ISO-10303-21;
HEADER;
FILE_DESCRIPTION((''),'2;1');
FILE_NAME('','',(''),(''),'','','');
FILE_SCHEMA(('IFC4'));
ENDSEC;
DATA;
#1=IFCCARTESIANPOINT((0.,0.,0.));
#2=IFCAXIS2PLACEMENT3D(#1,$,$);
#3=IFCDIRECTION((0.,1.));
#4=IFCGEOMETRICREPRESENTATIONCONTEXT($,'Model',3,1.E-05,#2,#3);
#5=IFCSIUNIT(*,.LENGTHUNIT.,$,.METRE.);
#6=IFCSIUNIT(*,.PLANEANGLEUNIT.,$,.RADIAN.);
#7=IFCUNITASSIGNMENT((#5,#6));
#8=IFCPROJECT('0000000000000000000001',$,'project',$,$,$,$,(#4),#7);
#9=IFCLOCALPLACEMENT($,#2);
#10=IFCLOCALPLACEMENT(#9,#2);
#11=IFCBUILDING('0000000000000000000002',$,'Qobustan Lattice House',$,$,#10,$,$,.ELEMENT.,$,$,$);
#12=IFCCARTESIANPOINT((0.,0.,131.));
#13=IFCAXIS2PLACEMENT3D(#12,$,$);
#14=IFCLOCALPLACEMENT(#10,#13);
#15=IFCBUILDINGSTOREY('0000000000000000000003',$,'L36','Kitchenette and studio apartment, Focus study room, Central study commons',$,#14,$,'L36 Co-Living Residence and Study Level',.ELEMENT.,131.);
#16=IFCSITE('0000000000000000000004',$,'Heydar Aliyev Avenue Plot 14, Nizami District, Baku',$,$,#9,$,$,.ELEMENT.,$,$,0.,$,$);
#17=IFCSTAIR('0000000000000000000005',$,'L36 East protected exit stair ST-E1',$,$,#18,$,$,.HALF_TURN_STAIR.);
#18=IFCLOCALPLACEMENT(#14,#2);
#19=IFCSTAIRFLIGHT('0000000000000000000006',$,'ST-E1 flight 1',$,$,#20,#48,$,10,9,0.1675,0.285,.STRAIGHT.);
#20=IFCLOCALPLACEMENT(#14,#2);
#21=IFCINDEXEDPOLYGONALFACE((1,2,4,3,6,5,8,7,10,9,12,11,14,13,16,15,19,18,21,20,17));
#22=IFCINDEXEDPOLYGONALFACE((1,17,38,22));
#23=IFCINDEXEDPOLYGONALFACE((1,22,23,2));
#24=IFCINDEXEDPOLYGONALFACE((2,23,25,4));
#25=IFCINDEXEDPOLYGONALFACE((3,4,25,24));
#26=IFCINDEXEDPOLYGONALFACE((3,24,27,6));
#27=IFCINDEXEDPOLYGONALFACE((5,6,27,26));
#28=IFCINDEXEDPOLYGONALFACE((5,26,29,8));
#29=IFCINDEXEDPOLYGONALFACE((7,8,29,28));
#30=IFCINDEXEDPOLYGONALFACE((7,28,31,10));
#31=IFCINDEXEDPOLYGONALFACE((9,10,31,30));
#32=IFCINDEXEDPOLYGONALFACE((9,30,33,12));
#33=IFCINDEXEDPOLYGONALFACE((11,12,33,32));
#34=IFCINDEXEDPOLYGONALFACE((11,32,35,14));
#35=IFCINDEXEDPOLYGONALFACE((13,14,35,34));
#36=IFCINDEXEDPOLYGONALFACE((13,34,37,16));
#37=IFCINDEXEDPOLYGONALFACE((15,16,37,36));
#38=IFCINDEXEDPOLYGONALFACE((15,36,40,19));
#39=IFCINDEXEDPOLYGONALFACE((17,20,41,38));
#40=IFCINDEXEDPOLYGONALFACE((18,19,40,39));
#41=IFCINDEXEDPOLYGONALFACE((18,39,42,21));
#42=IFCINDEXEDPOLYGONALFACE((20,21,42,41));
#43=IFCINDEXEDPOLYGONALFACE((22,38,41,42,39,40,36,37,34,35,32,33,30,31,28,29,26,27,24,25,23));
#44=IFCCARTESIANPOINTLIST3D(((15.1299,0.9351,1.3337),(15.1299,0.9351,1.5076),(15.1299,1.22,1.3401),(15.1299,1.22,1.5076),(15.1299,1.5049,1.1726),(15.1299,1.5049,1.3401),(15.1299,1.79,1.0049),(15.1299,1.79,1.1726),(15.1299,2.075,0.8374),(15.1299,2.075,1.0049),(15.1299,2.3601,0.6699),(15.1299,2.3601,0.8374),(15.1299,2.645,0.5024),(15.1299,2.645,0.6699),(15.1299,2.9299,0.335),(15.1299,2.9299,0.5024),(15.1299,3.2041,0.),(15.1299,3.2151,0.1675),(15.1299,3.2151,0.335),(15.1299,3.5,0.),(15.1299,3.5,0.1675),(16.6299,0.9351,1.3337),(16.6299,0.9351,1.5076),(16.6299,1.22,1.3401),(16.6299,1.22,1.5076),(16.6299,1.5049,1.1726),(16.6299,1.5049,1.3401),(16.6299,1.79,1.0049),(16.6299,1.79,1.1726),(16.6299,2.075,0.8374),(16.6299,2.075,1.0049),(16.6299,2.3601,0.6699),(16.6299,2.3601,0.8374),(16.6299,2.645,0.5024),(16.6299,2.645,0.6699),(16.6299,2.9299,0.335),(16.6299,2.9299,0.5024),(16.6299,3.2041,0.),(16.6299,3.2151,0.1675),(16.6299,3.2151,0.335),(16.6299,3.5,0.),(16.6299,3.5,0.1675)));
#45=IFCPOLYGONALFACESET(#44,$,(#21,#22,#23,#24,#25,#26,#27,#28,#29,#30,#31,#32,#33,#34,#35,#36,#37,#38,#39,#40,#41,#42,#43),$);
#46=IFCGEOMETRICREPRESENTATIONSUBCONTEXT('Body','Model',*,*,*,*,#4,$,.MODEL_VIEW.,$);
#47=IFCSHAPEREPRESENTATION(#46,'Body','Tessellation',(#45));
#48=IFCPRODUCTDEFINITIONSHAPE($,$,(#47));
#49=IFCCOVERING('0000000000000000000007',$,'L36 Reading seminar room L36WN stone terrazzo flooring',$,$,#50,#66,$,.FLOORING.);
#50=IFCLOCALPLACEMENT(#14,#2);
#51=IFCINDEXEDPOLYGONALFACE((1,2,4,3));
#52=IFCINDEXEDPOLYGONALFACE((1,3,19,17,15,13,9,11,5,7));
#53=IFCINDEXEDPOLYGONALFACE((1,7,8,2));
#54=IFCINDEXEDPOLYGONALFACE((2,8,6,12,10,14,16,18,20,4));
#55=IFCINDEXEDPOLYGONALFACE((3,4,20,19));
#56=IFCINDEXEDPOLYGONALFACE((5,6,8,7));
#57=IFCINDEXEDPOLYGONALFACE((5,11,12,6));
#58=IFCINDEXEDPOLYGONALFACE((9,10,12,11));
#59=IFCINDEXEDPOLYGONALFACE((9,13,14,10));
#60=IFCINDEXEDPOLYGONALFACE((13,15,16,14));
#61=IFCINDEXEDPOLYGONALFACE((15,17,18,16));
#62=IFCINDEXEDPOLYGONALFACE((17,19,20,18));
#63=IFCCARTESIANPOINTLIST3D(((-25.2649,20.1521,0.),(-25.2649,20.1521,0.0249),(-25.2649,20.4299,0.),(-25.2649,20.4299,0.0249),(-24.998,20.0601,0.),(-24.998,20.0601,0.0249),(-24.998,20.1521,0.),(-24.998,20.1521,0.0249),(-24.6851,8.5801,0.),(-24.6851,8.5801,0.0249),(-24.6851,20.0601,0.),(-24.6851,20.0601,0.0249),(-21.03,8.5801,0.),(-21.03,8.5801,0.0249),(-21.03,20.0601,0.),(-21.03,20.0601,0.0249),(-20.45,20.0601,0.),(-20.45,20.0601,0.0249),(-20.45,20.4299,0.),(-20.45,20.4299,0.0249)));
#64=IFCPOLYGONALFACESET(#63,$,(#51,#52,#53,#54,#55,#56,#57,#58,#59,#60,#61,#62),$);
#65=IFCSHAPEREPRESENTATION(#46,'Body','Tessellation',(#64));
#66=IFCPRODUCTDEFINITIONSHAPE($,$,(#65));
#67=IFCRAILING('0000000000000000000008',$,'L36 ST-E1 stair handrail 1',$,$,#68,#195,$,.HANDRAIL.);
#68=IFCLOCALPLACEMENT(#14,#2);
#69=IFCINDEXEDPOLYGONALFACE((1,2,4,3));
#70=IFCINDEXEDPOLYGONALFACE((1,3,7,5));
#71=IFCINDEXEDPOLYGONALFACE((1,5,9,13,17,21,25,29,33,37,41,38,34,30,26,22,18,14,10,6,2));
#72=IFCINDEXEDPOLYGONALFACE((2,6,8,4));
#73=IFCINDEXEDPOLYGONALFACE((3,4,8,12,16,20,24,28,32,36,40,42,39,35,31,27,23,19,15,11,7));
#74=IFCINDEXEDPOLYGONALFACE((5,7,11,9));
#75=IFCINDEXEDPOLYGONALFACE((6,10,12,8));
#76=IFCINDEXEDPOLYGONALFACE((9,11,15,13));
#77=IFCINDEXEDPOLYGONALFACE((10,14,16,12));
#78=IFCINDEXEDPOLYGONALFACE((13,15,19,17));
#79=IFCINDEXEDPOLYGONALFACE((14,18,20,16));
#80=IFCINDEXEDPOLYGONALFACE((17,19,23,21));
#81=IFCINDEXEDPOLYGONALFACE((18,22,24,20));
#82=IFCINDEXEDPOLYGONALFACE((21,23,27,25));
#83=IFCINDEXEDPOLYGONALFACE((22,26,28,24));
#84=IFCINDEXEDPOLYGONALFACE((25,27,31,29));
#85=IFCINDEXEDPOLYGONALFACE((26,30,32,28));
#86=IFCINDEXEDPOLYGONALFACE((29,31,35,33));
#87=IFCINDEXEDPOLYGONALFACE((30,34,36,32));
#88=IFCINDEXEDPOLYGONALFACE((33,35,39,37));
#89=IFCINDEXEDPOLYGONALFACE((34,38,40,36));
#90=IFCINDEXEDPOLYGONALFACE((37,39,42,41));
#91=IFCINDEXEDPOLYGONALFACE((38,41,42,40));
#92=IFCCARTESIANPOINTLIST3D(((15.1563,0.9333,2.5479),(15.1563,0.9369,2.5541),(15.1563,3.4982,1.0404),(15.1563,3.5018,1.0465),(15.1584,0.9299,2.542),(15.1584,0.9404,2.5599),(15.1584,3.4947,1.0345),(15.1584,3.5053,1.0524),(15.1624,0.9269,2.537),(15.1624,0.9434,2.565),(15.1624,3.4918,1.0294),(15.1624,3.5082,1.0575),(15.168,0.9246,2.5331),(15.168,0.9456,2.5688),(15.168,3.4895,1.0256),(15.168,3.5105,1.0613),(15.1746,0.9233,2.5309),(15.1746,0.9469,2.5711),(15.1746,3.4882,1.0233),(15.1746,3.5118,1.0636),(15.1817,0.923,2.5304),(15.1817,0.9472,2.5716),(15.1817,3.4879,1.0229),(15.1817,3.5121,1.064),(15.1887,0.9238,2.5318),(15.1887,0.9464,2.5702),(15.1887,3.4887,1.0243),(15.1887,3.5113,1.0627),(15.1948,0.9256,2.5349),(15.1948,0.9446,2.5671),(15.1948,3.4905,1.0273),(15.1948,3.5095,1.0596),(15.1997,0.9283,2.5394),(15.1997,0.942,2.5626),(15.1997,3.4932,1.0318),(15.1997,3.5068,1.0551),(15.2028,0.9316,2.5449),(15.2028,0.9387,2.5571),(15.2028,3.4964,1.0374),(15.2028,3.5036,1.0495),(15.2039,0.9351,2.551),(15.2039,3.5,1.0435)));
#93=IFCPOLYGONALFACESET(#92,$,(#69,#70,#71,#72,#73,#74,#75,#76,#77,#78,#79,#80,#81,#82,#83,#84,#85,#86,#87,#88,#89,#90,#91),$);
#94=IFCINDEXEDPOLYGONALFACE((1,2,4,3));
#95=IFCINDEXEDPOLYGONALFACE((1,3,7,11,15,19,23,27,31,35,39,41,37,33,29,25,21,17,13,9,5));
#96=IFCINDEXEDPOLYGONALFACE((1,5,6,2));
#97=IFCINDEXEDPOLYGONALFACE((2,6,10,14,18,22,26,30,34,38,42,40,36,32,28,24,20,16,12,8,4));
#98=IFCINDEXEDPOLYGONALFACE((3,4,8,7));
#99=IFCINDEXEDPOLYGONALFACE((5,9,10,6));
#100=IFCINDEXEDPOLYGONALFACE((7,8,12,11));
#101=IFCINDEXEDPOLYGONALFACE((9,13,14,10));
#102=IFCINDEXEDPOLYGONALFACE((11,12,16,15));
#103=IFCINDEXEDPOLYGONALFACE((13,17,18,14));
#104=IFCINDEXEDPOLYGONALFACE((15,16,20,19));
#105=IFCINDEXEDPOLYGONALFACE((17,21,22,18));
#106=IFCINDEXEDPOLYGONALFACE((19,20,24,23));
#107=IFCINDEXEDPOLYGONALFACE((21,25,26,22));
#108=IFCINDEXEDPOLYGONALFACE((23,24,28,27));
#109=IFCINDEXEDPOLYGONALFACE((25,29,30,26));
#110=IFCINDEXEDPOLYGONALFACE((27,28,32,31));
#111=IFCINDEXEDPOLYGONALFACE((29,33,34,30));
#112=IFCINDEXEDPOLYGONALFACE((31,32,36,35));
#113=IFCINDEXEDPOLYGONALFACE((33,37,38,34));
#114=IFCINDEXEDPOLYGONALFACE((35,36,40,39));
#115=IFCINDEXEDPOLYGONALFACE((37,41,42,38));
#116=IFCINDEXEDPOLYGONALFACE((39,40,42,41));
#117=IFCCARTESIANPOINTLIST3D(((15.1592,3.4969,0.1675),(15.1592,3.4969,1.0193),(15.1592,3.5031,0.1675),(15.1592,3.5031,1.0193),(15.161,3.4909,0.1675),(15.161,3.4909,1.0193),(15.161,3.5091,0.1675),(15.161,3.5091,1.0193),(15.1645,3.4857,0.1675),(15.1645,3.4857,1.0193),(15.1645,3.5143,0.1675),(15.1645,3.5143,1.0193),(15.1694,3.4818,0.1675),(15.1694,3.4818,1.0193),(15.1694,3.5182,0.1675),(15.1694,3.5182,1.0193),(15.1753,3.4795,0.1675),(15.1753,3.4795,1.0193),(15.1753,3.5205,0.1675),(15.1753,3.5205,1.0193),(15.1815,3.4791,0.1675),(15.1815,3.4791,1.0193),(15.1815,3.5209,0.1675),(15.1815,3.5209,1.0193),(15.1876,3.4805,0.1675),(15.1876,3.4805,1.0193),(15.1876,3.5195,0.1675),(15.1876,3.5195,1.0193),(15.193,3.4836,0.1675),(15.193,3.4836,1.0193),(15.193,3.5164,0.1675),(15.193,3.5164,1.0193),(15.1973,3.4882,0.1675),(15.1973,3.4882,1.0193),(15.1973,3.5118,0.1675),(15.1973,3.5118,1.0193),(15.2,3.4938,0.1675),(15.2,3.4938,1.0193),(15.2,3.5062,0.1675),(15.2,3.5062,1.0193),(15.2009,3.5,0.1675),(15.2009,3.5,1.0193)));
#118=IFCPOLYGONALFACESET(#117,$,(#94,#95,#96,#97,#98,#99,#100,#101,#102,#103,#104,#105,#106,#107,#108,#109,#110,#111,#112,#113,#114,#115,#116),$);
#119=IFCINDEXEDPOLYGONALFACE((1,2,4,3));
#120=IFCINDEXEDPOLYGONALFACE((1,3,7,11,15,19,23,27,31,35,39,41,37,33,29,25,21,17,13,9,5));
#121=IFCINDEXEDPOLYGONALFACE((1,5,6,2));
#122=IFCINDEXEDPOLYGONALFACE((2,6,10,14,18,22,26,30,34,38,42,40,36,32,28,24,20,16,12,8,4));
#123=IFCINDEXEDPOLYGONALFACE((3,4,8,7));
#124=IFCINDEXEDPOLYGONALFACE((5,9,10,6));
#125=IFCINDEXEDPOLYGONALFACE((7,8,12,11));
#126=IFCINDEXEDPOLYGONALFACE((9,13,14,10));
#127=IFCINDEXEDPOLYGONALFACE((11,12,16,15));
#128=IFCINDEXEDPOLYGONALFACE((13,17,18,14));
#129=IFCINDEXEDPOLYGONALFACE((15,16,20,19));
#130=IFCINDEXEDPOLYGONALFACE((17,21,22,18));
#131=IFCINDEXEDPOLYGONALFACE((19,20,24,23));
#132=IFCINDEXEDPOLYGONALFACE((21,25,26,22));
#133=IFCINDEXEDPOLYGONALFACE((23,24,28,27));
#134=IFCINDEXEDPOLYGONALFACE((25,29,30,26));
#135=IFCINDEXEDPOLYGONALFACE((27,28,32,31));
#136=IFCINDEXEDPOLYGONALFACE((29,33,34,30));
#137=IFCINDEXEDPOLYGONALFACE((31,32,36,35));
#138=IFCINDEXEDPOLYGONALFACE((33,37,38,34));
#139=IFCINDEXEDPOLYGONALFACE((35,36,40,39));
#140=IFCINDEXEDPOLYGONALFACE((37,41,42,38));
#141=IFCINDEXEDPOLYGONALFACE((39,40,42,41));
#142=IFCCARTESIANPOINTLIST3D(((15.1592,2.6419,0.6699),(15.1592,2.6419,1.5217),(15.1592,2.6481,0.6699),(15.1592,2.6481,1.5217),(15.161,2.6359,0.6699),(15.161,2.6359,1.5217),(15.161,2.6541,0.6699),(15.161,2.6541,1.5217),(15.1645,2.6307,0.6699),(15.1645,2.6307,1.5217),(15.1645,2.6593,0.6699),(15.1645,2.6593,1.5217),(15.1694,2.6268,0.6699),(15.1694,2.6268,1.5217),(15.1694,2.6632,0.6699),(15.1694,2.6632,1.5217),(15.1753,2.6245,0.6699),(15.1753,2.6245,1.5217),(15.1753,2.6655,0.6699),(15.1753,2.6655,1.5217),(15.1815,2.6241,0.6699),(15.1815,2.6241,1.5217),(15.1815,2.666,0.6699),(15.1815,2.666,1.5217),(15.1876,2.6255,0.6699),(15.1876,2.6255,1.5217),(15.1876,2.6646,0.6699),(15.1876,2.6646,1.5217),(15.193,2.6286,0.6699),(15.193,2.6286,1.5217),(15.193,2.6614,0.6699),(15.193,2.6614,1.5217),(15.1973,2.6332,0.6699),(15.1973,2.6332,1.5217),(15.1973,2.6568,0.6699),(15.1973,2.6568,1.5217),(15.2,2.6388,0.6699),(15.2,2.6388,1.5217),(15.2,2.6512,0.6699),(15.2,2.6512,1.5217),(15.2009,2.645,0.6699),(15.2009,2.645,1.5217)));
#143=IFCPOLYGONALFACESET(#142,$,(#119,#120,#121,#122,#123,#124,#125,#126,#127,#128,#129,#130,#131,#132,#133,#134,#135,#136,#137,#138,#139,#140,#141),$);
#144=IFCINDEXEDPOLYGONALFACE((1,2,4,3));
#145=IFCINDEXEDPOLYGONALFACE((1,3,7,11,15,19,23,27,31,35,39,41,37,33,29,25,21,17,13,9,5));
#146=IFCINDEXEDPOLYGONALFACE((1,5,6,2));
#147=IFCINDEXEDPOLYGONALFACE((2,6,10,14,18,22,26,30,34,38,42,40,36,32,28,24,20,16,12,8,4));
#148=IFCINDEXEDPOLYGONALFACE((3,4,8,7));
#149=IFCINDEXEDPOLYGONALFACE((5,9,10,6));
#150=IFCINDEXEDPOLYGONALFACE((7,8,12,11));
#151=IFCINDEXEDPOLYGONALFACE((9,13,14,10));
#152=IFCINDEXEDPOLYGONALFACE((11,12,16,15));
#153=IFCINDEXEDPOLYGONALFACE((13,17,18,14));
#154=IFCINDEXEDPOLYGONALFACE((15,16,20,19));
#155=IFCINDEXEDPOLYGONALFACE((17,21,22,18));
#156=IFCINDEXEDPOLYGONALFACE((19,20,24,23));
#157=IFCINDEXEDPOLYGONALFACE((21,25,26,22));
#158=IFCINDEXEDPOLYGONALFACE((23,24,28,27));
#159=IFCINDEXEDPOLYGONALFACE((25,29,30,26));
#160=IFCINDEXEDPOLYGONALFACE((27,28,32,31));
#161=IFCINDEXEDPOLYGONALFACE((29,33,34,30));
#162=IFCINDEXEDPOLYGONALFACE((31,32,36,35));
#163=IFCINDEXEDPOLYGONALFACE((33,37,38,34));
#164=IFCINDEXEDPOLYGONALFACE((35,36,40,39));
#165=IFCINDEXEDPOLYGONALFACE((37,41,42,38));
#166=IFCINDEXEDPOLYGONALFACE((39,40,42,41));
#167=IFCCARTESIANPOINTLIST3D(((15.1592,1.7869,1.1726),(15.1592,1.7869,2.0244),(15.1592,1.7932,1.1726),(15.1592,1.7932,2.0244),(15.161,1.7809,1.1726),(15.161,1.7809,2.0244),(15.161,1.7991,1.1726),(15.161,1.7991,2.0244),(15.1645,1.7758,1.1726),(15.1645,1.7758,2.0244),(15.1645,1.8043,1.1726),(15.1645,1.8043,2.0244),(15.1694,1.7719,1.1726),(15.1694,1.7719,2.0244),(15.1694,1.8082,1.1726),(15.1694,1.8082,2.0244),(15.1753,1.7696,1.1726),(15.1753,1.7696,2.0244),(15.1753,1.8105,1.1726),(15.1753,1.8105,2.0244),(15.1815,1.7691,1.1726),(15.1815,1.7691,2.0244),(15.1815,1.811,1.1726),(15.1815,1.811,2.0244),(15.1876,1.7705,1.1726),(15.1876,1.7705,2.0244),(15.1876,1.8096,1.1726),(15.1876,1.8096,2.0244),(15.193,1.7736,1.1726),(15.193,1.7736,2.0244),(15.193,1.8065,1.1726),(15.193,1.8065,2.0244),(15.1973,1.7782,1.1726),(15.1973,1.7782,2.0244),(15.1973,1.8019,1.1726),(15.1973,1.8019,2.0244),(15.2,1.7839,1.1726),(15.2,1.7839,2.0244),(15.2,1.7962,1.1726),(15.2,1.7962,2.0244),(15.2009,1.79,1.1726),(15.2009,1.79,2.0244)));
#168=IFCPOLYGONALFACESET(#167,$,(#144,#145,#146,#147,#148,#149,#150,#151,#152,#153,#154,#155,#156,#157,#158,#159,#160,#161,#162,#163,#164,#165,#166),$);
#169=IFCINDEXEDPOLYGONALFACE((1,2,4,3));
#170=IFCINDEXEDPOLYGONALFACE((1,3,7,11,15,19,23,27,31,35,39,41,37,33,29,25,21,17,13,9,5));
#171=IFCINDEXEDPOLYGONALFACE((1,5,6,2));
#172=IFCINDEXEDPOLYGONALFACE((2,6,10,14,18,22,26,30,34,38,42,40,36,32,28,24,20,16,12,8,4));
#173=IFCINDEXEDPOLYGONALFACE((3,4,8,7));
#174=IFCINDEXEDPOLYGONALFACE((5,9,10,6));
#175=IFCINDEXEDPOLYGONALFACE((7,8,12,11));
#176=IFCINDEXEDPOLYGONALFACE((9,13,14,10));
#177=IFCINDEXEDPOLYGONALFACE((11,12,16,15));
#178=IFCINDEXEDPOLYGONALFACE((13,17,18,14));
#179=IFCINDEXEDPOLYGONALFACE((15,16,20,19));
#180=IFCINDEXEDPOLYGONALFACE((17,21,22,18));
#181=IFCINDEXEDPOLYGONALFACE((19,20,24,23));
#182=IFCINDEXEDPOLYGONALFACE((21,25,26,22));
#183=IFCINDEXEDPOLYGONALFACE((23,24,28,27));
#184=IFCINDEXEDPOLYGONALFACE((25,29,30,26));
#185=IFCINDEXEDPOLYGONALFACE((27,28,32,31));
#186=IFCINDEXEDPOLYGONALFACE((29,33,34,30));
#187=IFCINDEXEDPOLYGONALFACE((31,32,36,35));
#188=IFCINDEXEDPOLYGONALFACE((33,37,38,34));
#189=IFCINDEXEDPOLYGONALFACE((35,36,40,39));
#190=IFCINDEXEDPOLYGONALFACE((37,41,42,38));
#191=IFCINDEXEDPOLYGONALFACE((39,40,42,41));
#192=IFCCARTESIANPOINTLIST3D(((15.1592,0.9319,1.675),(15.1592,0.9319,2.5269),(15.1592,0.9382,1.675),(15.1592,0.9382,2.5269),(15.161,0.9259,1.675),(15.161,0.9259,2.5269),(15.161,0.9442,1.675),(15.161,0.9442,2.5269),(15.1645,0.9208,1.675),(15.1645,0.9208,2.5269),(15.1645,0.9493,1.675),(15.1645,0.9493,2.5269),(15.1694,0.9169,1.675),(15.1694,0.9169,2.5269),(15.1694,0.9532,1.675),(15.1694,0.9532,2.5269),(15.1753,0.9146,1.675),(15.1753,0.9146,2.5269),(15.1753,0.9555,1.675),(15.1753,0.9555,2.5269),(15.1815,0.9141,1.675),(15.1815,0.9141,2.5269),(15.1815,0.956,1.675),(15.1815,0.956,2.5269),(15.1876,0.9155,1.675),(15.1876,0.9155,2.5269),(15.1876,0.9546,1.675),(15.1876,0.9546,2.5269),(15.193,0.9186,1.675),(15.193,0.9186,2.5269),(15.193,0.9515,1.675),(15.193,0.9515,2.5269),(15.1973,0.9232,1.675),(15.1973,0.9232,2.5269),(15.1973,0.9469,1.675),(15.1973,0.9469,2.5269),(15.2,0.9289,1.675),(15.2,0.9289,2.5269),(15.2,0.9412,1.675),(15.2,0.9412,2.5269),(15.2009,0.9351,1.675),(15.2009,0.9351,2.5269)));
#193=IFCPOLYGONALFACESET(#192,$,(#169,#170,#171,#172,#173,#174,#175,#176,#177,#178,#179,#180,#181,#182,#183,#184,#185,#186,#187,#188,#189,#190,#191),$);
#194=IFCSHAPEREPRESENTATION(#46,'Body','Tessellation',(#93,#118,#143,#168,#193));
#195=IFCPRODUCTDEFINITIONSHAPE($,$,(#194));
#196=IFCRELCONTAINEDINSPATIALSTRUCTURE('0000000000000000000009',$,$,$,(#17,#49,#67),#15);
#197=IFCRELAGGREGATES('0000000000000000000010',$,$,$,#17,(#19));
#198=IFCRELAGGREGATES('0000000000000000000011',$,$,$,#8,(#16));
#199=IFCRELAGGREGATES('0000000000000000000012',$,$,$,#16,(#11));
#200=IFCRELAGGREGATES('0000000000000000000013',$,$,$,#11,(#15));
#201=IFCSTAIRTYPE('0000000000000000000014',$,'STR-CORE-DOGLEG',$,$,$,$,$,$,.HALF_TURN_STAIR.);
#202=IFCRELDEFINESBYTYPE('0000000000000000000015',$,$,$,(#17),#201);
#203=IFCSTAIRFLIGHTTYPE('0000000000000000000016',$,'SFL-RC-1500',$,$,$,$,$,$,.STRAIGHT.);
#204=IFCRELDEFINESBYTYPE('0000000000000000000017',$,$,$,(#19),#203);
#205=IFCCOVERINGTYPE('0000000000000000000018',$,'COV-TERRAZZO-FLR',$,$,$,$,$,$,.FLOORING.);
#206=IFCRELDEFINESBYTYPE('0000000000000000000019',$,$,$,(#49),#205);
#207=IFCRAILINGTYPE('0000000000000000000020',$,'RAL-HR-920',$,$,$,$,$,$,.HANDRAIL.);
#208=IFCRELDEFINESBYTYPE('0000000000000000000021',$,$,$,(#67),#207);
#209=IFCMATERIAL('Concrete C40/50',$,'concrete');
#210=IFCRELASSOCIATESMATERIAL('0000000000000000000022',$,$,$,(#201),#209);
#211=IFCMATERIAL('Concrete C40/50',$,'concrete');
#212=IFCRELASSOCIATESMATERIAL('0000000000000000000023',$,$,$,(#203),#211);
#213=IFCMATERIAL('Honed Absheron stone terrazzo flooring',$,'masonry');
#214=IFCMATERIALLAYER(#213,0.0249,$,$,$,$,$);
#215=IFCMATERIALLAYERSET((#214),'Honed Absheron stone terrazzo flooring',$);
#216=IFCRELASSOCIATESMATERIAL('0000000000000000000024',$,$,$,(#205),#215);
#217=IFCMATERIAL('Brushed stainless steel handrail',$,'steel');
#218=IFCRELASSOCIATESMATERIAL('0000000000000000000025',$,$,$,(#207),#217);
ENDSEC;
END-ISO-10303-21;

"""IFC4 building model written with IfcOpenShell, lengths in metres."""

from ifc_helpers import new_model, si_unit, direction, frame, origin, origin_2d, place, context, subcontext, project, spatial, polyline, circle, outline, extrude, material, layer, layer_set, type_object, element, aggregate, save


model = new_model("IFC4")

# Units and contexts
model_context = context("Model", 3, precision=1e-05, world=origin(), true_north=direction((0.0, 1.0)))
body_context = subcontext(model_context, "Body", "Model", "MODEL_VIEW")
ifc_project = project(units=[si_unit("LENGTHUNIT", "METRE"), si_unit("PLANEANGLEUNIT", "RADIAN")], contexts=[model_context])

# Site, building, storey
site_placement = place(None, origin())
site = spatial("IfcSite", under=ifc_project, at=site_placement, Name="Heydar Aliyev Avenue Plot 14, Nizami District, Baku", CompositionType="ELEMENT", RefElevation=0.0)
building_placement = place(site_placement, origin())
building = spatial("IfcBuilding", under=site, at=building_placement, Name="Qobustan Lattice House", CompositionType="ELEMENT")
storey_placement = place(building_placement, frame((0.0, 0.0, 131.0)))
storey = spatial("IfcBuildingStorey", under=building, at=storey_placement, Name="L36", Description="Kitchenette and studio apartment, Focus study room, Central study commons", LongName="L36 Co-Living Residence and Study Level", CompositionType="ELEMENT", Elevation=131.0)

# Stair, stair flight
ifc_material_1 = material(Name="Concrete C40/50", Category="concrete")
stair_type = type_object("IfcStairType", Name="STR-CORE-DOGLEG", PredefinedType="HALF_TURN_STAIR", material=ifc_material_1)
stair_placement = place(storey_placement, origin())
stair = element("IfcStair", 1, at=stair_placement, inside=storey, type_object=stair_type, Name="L36 East protected exit stair ST-E1", PredefinedType="HALF_TURN_STAIR")
ifc_material_2 = material(Name="Concrete C40/50", Category="concrete")
stair_flight_type = type_object("IfcStairFlightType", Name="SFL-RC-1500", PredefinedType="STRAIGHT", material=ifc_material_2)
stair_flight_placement = place(storey_placement, frame((15.8799, 3.5, 0.0), z_axis=(0.0, 0.0, 1.0), x_axis=(0.0, -1.0, 0.0)))
stair_flight = element("IfcStairFlight", 2, at=stair_flight_placement, type_object=stair_flight_type, Name="ST-E1 flight 1", NumberOfRisers=10, NumberOfTreads=9, PredefinedType="STRAIGHT", RiserHeight=0.1675, TreadLength=0.285, context=body_context, shape_type="SweptSolid", body=[
    extrude(outline(polyline([(0.0, 0.0), (0.0, 0.1675), (0.2849, 0.1675), (0.2849, 0.335), (0.5701, 0.335), (0.5701, 0.5024), (0.855, 0.5024), (0.855, 0.6699), (1.1399, 0.6699), (1.1399, 0.8374), (1.425, 0.8374), (1.425, 1.0049), (1.71, 1.0049), (1.71, 1.1726), (1.9951, 1.1726), (1.9951, 1.3401), (2.28, 1.3401), (2.28, 1.5076), (2.5649, 1.5076), (2.5649, 1.675), (2.5649, 1.3337), (0.2959, 0.0), (0.0, 0.0)])), frame((0.0, 0.75, 0.0), z_axis=(0.0, -1.0, 0.0), x_axis=(1.0, 0.0, 0.0)), (0.0, 0.0, 1.0), 1.5),
])
aggregate(stair, [stair_flight])

# Covering
ifc_material_3 = material(Name="Honed Absheron stone terrazzo flooring", Category="masonry")
ifc_layer_1 = layer(ifc_material_3, 0.0249)
ifc_layer_set_1 = layer_set([ifc_layer_1], Name="Honed Absheron stone terrazzo flooring")
covering_type = type_object("IfcCoveringType", Name="COV-TERRAZZO-FLR", PredefinedType="FLOORING", material=ifc_layer_set_1)
covering_placement = place(storey_placement, origin())
element("IfcCovering", 3, at=covering_placement, inside=storey, type_object=covering_type, Name="L36 Reading seminar room L36WN stone terrazzo flooring", PredefinedType="FLOORING", context=body_context, shape_type="SweptSolid", body=[
    extrude(outline(polyline([(-25.2649, 20.4299), (-25.2649, 20.1521), (-24.998, 20.1521), (-24.998, 20.0601), (-24.6851, 20.0601), (-24.6851, 8.5801), (-21.03, 8.5801), (-21.03, 20.0601), (-20.45, 20.0601), (-20.45, 20.4299), (-25.2649, 20.4299)])), origin(), (0.0, 0.0, 1.0), 0.0249),
])

# Railing
ifc_material_4 = material(Name="Brushed stainless steel handrail", Category="steel")
railing_type_1 = type_object("IfcRailingType", Name="RAL-HR-920", PredefinedType="HANDRAIL", material=ifc_material_4)
railing_1_placement = place(storey_placement, frame((15.1799, 3.5, 0.1675)))
element("IfcRailing", 4, at=railing_1_placement, inside=storey, type_object=railing_type_1, Name="L36 ST-E1 stair handrail 1", PredefinedType="HANDRAIL", context=body_context, shape_type="SweptSolid", body=[
    extrude(circle(Radius=0.0239, at=origin_2d()), frame((0.0, 0.0, 0.876), z_axis=(0.0, -0.862113, 0.506715), x_axis=(1.0, 0.0, 0.0)), (0.0, 0.0, 1.0), 2.9751),
    extrude(circle(Radius=0.021, at=origin_2d()), origin(), (0.0, 0.0, 1.0), 0.8518),
    extrude(circle(Radius=0.021, at=origin_2d()), frame((0.0, -0.855, 0.5024)), (0.0, 0.0, 1.0), 0.8518),
    extrude(circle(Radius=0.021, at=origin_2d()), frame((0.0, -1.71, 1.0051)), (0.0, 0.0, 1.0), 0.8518),
    extrude(circle(Radius=0.021, at=origin_2d()), frame((0.0, -2.5649, 1.5076)), (0.0, 0.0, 1.0), 0.8518),
])

save(model, "model.ifc")
